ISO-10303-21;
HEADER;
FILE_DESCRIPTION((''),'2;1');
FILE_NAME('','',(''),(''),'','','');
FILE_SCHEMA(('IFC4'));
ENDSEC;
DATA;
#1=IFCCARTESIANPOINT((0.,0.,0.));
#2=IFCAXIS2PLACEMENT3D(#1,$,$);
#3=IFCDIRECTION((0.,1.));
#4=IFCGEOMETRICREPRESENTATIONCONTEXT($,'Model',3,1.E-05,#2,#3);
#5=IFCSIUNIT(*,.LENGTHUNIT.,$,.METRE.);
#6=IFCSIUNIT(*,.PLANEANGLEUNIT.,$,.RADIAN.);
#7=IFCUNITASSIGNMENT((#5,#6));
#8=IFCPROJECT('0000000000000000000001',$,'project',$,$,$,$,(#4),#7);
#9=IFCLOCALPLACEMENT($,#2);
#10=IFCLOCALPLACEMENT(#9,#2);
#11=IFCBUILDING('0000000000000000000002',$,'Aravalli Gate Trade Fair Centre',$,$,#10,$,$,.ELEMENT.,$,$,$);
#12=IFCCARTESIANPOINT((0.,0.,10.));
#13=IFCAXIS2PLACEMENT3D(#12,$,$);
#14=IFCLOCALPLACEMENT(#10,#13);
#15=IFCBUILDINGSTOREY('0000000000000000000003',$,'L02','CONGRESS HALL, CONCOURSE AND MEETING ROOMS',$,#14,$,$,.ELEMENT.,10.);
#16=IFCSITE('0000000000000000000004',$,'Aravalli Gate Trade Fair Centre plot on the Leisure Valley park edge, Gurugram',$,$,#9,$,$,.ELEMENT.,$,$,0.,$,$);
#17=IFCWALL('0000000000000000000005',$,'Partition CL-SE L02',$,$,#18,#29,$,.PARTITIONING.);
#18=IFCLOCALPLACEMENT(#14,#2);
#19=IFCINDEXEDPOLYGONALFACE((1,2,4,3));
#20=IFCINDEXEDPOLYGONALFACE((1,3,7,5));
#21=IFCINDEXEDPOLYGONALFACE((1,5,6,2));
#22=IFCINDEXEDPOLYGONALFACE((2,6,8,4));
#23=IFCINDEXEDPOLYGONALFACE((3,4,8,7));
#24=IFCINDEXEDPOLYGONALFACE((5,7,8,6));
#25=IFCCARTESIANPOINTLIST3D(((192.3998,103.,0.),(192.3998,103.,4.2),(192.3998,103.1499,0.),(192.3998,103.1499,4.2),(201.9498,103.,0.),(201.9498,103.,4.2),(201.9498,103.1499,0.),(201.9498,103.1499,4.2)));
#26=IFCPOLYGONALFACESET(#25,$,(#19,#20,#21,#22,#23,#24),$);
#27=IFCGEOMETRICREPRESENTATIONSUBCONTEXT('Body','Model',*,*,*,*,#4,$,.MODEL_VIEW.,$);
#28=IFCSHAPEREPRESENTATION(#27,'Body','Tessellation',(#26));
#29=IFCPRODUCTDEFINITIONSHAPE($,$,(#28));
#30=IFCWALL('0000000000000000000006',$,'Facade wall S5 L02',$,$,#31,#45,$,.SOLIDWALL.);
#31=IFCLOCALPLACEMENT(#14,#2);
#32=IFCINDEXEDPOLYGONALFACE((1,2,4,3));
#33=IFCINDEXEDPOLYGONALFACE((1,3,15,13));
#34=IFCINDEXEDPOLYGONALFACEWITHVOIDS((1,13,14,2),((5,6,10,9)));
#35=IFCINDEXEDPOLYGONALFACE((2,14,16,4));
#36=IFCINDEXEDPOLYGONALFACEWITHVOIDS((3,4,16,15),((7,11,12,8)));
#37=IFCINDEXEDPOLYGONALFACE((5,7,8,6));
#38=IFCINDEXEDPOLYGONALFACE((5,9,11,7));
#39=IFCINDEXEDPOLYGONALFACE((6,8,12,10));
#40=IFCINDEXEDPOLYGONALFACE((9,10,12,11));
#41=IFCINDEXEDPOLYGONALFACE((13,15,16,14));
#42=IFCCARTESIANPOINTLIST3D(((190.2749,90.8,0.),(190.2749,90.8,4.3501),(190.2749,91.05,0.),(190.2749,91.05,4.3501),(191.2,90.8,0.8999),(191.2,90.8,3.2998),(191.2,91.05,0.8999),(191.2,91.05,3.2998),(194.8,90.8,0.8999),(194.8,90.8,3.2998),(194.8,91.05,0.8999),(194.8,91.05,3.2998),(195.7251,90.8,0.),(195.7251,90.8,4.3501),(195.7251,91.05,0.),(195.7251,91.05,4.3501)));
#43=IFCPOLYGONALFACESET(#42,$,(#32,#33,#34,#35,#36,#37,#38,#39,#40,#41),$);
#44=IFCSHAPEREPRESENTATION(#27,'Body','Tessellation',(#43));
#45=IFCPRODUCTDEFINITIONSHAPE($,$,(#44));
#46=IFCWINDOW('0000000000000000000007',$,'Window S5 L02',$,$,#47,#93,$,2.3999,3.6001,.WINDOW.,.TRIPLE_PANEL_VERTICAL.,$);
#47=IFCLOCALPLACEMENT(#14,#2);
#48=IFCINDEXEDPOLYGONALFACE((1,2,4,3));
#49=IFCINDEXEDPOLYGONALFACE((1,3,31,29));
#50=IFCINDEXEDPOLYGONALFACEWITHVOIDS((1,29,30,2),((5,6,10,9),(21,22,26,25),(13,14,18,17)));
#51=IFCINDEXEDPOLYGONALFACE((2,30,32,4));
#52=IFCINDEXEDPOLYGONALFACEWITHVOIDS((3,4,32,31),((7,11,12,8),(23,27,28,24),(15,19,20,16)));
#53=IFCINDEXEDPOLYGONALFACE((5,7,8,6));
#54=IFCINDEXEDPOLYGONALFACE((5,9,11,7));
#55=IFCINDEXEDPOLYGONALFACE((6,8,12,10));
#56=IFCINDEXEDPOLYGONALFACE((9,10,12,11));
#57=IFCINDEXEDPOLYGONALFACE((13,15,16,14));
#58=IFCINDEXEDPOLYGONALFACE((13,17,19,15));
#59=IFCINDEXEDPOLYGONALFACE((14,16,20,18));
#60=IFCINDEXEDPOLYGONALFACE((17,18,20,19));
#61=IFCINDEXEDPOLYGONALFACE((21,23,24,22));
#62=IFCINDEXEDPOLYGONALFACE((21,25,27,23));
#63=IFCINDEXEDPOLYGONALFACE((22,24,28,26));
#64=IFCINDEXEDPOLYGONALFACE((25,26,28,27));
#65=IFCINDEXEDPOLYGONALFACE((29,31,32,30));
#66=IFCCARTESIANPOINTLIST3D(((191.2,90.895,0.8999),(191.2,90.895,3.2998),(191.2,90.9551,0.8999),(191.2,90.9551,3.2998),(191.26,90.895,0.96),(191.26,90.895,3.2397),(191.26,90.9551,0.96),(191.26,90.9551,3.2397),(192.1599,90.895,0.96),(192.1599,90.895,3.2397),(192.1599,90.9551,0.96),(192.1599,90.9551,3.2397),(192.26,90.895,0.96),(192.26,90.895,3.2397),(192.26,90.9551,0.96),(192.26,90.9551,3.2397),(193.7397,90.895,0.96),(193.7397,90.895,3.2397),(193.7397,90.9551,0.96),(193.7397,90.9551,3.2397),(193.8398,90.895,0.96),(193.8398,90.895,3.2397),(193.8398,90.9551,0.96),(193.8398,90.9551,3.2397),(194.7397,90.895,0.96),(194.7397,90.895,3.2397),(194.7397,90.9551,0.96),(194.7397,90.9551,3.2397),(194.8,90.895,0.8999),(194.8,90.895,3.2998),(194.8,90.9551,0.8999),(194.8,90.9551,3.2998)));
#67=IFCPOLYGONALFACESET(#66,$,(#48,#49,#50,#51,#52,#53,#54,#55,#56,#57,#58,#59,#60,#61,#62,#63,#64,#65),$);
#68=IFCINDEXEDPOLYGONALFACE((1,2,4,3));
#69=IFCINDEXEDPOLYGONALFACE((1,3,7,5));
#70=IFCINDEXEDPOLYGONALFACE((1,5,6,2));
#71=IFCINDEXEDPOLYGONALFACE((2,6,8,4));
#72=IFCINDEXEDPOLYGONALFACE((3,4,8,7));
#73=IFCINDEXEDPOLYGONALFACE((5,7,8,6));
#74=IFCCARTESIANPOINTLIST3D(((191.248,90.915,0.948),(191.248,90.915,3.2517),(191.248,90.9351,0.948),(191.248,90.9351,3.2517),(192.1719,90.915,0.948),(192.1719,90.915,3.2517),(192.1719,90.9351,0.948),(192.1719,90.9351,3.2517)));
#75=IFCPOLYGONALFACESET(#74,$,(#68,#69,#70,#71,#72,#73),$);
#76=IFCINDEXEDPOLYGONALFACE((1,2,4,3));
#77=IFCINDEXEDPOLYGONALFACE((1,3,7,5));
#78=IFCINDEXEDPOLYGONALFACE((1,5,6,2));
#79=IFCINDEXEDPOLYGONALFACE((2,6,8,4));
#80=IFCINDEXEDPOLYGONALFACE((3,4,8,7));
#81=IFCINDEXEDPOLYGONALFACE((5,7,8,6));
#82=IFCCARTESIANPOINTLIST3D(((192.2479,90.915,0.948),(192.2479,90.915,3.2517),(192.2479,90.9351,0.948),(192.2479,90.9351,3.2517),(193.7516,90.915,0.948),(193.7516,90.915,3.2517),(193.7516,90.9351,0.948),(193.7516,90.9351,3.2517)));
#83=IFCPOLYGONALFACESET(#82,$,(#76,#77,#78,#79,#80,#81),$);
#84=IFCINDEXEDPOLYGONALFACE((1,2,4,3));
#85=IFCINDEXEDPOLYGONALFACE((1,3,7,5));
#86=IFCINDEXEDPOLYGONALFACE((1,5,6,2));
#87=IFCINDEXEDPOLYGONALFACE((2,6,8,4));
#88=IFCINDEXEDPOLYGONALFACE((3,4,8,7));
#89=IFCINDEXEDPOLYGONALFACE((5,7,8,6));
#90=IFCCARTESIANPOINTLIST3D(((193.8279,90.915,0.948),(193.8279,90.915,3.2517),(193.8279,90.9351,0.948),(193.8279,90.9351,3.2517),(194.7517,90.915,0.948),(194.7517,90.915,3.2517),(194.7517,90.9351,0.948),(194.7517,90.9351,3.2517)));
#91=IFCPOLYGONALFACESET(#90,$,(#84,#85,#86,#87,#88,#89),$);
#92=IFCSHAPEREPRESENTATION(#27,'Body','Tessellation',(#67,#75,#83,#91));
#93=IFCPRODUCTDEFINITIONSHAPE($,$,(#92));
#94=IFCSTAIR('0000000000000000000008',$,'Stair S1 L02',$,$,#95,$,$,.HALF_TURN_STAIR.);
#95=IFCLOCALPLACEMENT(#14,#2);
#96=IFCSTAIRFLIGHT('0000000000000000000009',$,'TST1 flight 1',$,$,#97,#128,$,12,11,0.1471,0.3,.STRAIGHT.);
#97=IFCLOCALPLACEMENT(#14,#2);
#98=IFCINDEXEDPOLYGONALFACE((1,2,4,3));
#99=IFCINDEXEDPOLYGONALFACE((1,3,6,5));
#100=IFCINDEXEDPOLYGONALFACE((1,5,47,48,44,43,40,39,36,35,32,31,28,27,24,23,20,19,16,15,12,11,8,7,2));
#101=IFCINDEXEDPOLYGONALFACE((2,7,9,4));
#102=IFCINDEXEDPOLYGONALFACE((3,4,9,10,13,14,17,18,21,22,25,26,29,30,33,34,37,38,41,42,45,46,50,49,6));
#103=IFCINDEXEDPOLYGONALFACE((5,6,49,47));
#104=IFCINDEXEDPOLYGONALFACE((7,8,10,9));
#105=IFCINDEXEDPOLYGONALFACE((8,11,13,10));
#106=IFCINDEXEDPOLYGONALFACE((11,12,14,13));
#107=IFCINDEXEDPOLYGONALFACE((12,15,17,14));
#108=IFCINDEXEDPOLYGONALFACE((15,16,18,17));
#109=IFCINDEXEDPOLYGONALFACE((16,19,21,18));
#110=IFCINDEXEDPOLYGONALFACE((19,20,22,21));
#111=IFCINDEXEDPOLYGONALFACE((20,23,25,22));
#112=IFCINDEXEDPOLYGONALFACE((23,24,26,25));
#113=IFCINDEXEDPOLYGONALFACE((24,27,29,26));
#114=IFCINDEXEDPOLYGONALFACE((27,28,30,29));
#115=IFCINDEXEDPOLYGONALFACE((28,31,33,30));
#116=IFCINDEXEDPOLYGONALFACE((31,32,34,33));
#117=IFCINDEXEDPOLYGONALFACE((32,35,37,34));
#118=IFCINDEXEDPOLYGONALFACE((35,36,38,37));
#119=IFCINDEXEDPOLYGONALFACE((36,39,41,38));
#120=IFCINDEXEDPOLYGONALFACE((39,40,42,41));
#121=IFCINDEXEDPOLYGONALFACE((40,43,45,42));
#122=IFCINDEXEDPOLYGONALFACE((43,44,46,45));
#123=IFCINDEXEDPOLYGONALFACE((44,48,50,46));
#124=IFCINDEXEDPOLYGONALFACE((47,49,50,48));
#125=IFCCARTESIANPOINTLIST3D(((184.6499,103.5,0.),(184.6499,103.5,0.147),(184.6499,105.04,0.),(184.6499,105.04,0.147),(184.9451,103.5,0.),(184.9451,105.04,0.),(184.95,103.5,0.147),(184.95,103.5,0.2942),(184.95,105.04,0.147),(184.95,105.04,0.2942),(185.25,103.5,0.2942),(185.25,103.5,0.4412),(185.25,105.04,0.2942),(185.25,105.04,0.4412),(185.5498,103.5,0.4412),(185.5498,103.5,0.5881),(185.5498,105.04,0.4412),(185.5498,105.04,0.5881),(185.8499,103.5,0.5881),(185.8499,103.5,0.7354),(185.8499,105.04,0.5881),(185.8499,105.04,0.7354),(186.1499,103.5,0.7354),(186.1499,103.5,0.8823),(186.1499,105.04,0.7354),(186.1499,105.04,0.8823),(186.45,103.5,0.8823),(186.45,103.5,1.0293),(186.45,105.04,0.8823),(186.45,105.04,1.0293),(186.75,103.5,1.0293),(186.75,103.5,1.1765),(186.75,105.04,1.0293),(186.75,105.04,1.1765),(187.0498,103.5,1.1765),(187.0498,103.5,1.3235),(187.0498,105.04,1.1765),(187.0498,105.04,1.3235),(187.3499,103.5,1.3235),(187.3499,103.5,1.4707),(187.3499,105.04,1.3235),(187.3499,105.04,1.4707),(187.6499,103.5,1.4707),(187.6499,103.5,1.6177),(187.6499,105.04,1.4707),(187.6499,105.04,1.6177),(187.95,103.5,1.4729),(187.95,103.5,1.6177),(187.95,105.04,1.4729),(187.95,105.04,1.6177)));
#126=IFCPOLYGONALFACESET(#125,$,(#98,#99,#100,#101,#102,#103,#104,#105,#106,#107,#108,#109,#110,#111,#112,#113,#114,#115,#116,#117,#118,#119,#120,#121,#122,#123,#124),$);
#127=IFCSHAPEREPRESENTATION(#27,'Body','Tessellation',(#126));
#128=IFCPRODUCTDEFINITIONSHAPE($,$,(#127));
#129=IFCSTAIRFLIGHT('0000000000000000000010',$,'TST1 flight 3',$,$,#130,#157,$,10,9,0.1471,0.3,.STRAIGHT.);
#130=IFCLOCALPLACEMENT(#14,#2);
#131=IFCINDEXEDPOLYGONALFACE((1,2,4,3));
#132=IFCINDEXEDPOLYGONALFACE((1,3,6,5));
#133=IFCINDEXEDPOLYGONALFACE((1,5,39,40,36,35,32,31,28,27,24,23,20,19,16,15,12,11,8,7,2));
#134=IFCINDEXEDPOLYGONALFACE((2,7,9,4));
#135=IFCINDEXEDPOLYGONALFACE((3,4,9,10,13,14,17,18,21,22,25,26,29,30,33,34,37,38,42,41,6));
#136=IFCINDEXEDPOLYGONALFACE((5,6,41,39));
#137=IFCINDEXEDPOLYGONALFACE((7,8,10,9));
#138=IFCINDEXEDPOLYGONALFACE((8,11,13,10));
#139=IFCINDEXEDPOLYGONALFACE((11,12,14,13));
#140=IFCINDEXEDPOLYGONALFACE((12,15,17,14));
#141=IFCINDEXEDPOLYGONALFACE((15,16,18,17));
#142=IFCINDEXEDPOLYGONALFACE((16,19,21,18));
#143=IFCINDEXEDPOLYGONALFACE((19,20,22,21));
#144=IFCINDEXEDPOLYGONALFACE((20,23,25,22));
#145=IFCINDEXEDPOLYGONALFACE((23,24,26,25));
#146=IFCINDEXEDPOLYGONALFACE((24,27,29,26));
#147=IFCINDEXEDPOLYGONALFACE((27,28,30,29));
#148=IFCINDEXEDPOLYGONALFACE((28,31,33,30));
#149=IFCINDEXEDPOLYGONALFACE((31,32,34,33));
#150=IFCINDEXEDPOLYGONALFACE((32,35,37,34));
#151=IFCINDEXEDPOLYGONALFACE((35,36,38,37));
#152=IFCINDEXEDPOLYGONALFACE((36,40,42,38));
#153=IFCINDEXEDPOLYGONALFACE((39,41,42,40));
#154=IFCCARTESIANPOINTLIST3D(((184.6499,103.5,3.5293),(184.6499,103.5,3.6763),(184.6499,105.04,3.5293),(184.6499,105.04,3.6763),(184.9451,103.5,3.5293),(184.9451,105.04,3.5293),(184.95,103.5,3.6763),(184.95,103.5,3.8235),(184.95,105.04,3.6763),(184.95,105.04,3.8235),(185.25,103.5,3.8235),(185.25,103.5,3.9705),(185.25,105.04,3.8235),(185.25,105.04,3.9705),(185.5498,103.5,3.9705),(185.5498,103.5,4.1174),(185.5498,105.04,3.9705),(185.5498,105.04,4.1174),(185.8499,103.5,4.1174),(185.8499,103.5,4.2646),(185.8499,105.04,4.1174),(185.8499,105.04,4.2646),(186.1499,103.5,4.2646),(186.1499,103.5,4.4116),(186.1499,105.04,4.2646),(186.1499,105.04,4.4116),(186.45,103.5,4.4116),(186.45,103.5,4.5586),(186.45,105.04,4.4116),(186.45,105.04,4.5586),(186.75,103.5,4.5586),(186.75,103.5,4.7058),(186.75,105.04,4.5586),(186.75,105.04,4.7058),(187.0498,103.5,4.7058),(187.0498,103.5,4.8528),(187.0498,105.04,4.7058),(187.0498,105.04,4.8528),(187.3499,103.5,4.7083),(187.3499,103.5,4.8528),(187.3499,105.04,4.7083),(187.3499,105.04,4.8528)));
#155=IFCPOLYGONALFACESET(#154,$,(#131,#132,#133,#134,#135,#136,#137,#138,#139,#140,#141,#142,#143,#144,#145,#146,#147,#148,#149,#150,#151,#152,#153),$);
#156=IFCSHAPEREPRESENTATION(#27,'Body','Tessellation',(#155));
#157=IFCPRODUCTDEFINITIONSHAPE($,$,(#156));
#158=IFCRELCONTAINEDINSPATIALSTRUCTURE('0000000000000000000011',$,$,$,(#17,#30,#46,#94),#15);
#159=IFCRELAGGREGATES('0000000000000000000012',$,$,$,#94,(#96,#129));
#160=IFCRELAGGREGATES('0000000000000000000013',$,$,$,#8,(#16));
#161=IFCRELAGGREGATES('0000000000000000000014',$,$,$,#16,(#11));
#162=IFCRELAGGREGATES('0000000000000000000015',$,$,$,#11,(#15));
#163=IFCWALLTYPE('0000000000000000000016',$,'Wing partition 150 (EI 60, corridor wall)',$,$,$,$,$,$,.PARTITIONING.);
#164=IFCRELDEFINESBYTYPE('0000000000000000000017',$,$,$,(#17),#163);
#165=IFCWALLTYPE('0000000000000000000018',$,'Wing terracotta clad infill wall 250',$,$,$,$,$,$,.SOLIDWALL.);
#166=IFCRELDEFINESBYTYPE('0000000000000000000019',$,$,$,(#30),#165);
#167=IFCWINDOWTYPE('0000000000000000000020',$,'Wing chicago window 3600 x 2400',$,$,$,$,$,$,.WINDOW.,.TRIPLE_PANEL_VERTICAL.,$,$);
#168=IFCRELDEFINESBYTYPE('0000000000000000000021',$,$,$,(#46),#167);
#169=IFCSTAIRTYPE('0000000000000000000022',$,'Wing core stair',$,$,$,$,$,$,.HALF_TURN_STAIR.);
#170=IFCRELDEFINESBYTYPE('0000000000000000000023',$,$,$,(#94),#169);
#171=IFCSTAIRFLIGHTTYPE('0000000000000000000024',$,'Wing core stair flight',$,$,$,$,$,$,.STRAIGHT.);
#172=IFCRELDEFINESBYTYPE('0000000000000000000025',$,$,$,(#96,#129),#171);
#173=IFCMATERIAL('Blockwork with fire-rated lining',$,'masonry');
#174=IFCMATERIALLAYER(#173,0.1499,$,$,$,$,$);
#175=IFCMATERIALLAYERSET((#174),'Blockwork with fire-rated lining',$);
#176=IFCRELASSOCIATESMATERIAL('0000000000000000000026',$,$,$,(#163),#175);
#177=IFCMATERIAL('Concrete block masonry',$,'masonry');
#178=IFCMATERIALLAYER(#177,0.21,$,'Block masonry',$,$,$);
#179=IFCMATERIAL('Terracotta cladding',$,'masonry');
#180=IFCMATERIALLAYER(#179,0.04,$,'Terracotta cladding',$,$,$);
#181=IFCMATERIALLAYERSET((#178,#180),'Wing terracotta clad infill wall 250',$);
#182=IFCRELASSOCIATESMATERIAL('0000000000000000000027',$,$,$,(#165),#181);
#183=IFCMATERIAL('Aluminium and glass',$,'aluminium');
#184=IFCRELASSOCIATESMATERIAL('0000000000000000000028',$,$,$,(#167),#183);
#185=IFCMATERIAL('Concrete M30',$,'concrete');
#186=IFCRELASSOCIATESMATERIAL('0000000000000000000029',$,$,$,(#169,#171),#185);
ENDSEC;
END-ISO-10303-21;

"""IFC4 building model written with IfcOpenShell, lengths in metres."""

from ifc_helpers import new_model, si_unit, direction, frame, frame_2d, origin, place, context, subcontext, project, spatial, polyline, rectangle, outline, extrude, material, layer, layer_set, type_object, element, fill, aggregate, save


model = new_model("IFC4")

# Units and contexts
model_context = context("Model", 3, precision=1e-05, world=origin(), true_north=direction((0.0, 1.0)))
body_context = subcontext(model_context, "Body", "Model", "MODEL_VIEW")
ifc_project = project(units=[si_unit("LENGTHUNIT", "METRE"), si_unit("PLANEANGLEUNIT", "RADIAN")], contexts=[model_context])

# Site, building, storey
site_placement = place(None, origin())
site = spatial("IfcSite", under=ifc_project, at=site_placement, Name="Aravalli Gate Trade Fair Centre plot on the Leisure Valley park edge, Gurugram", CompositionType="ELEMENT", RefElevation=0.0)
building_placement = place(site_placement, origin())
building = spatial("IfcBuilding", under=site, at=building_placement, Name="Aravalli Gate Trade Fair Centre", CompositionType="ELEMENT")
storey_placement = place(building_placement, frame((0.0, 0.0, 10.0)))
storey = spatial("IfcBuildingStorey", under=building, at=storey_placement, Name="L02", Description="CONGRESS HALL, CONCOURSE AND MEETING ROOMS", CompositionType="ELEMENT", Elevation=10.0)

# Shared definitions
ifc_material_1 = material(Name="Blockwork with fire-rated lining", Category="masonry")
ifc_layer_1 = layer(ifc_material_1, 0.1499)
ifc_layer_set_1 = layer_set([ifc_layer_1], Name="Blockwork with fire-rated lining")
wall_type_1 = type_object("IfcWallType", Name="Wing partition 150 (EI 60, corridor wall)", PredefinedType="PARTITIONING", material=ifc_layer_set_1)

# Shared definitions
ifc_material_2 = material(Name="Aluminium and glass", Category="aluminium")

# Wall
wall_1_placement = place(storey_placement, frame((192.3999, 103.075, 0.0), z_axis=(0.0, 0.0, 1.0), x_axis=(1.0, 0.0, 0.0)))
element("IfcWall", 1, at=wall_1_placement, inside=storey, type_object=wall_type_1, Name="Partition CL-SE L02", PredefinedType="PARTITIONING", context=body_context, shape_type="SweptSolid", body=[
    extrude(rectangle(XDim=9.55, YDim=0.1499, at=frame_2d((4.7749, 0.0))), origin(), (0.0, 0.0, 1.0), 4.2),
])

# Wall, opening, window
ifc_material_3 = material(Name="Concrete block masonry", Category="masonry")
ifc_layer_2 = layer(ifc_material_3, 0.21, Name="Block masonry")
ifc_material_4 = material(Name="Terracotta cladding", Category="masonry")
ifc_layer_3 = layer(ifc_material_4, 0.04, Name="Terracotta cladding")
ifc_layer_set_2 = layer_set([ifc_layer_2, ifc_layer_3], Name="Wing terracotta clad infill wall 250")
wall_type_2 = type_object("IfcWallType", Name="Wing terracotta clad infill wall 250", PredefinedType="SOLIDWALL", material=ifc_layer_set_2)
wall_2_placement = place(storey_placement, frame((190.2749, 90.925, 0.0), z_axis=(0.0, 0.0, 1.0), x_axis=(1.0, 0.0, 0.0)))
wall_2 = element("IfcWall", 2, at=wall_2_placement, inside=storey, type_object=wall_type_2, Name="Facade wall S5 L02", PredefinedType="SOLIDWALL", context=body_context, shape_type="SweptSolid", body=[
    extrude(rectangle(XDim=5.4502, YDim=0.25, at=frame_2d((2.7251, 0.0))), origin(), (0.0, 0.0, 1.0), 4.3501),
])
opening_1_placement = place(wall_2_placement, frame((0.925, 0.0, 0.8999)))
opening_1 = element("IfcOpeningElement", 3, at=opening_1_placement, cuts=wall_2, PredefinedType="OPENING", context=body_context, shape_type="SweptSolid", body=[
    extrude(rectangle(XDim=3.6001, YDim=2.3999, at=frame_2d((1.8, 1.2))), frame((0.0, 0.135, 0.0), z_axis=(0.0, -1.0, 0.0), x_axis=(1.0, 0.0, 0.0)), (0.0, 0.0, 1.0), 0.27),
])
window_type_1 = type_object("IfcWindowType", Name="Wing chicago window 3600 x 2400", PartitioningType="TRIPLE_PANEL_VERTICAL", PredefinedType="WINDOW", material=ifc_material_2)
window_1_placement = place(opening_1_placement, origin())
window_1 = element("IfcWindow", 4, at=window_1_placement, inside=storey, type_object=window_type_1, Name="Window S5 L02", OverallHeight=2.3999, OverallWidth=3.6001, PartitioningType="TRIPLE_PANEL_VERTICAL", PredefinedType="WINDOW", context=body_context, shape_type="SweptSolid", body=[
    extrude(outline(polyline([(0.0, 0.0), (3.6001, 0.0), (3.6001, 2.3999), (0.0, 2.3999), (0.0, 0.0)]), holes=[polyline([(0.0601, 0.0601), (0.96, 0.0601), (0.96, 2.3398), (0.0601, 2.3398), (0.0601, 0.0601)]), polyline([(1.0601, 0.0601), (2.5398, 0.0601), (2.5398, 2.3398), (1.0601, 2.3398), (1.0601, 0.0601)]), polyline([(2.6399, 0.0601), (3.5398, 0.0601), (3.5398, 2.3398), (2.6399, 2.3398), (2.6399, 0.0601)])]), frame((0.0, 0.03, 0.0), z_axis=(0.0, -1.0, 0.0), x_axis=(1.0, 0.0, 0.0)), (0.0, 0.0, 1.0), 0.0601),
    extrude(rectangle(XDim=0.9238, YDim=2.3037, at=frame_2d((0.51, 1.2))), frame((0.0, 0.01, 0.0), z_axis=(0.0, -1.0, 0.0), x_axis=(1.0, 0.0, 0.0)), (0.0, 0.0, 1.0), 0.02),
    extrude(rectangle(XDim=1.5037, YDim=2.3037, at=frame_2d((1.7998, 1.2))), frame((0.0, 0.01, 0.0), z_axis=(0.0, -1.0, 0.0), x_axis=(1.0, 0.0, 0.0)), (0.0, 0.0, 1.0), 0.02),
    extrude(rectangle(XDim=0.9238, YDim=2.3037, at=frame_2d((3.0898, 1.2))), frame((0.0, 0.01, 0.0), z_axis=(0.0, -1.0, 0.0), x_axis=(1.0, 0.0, 0.0)), (0.0, 0.0, 1.0), 0.02),
])
fill(opening_1, window_1)

# Stair, stair flights
ifc_material_5 = material(Name="Concrete M30", Category="concrete")
stair_type = type_object("IfcStairType", Name="Wing core stair", PredefinedType="HALF_TURN_STAIR", material=ifc_material_5)
stair_placement = place(storey_placement, origin())
stair = element("IfcStair", 5, at=stair_placement, inside=storey, type_object=stair_type, Name="Stair S1 L02", PredefinedType="HALF_TURN_STAIR")
stair_flight_type = type_object("IfcStairFlightType", Name="Wing core stair flight", PredefinedType="STRAIGHT", material=ifc_material_5)
stair_flight_1_placement = place(storey_placement, frame((184.6499, 104.27, 0.0), z_axis=(0.0, 0.0, 1.0), x_axis=(1.0, 0.0, 0.0)))
stair_flight_1 = element("IfcStairFlight", 6, at=stair_flight_1_placement, type_object=stair_flight_type, Name="TST1 flight 1", NumberOfRisers=12, NumberOfTreads=11, PredefinedType="STRAIGHT", RiserHeight=0.1471, TreadLength=0.3, context=body_context, shape_type="SweptSolid", body=[
    extrude(outline(polyline([(0.0, 0.0), (0.0, 0.147), (0.3, 0.147), (0.3, 0.2942), (0.6001, 0.2942), (0.6001, 0.4412), (0.8999, 0.4412), (0.8999, 0.5881), (1.2, 0.5881), (1.2, 0.7354), (1.5, 0.7354), (1.5, 0.8823), (1.8, 0.8823), (1.8, 1.0293), (2.1001, 1.0293), (2.1001, 1.1765), (2.3999, 1.1765), (2.3999, 1.3235), (2.7, 1.3235), (2.7, 1.4707), (3.0, 1.4707), (3.0, 1.6177), (3.3, 1.6177), (3.3, 1.7646), (3.3, 1.4729), (0.2952, 0.0), (0.0, 0.0)])), frame((0.0, 0.77, 0.0), z_axis=(0.0, -1.0, 0.0), x_axis=(1.0, 0.0, 0.0)), (0.0, 0.0, 1.0), 1.54),
])
stair_flight_2_placement = place(storey_placement, frame((184.6499, 104.27, 3.5293), z_axis=(0.0, 0.0, 1.0), x_axis=(1.0, 0.0, 0.0)))
stair_flight_2 = element("IfcStairFlight", 7, at=stair_flight_2_placement, type_object=stair_flight_type, Name="TST1 flight 3", NumberOfRisers=10, NumberOfTreads=9, PredefinedType="STRAIGHT", RiserHeight=0.1471, TreadLength=0.3, context=body_context, shape_type="SweptSolid", body=[
    extrude(outline(polyline([(0.0, 0.0), (0.0, 0.147), (0.3, 0.147), (0.3, 0.2942), (0.6001, 0.2942), (0.6001, 0.4412), (0.8999, 0.4412), (0.8999, 0.5881), (1.2, 0.5881), (1.2, 0.7354), (1.5, 0.7354), (1.5, 0.8823), (1.8, 0.8823), (1.8, 1.0293), (2.1001, 1.0293), (2.1001, 1.1765), (2.3999, 1.1765), (2.3999, 1.3235), (2.7, 1.3235), (2.7, 1.4707), (2.7, 1.179), (0.2952, 0.0), (0.0, 0.0)])), frame((0.0, 0.77, 0.0), z_axis=(0.0, -1.0, 0.0), x_axis=(1.0, 0.0, 0.0)), (0.0, 0.0, 1.0), 1.54),
])
aggregate(stair, [stair_flight_1, stair_flight_2])

save(model, "model.ifc")
